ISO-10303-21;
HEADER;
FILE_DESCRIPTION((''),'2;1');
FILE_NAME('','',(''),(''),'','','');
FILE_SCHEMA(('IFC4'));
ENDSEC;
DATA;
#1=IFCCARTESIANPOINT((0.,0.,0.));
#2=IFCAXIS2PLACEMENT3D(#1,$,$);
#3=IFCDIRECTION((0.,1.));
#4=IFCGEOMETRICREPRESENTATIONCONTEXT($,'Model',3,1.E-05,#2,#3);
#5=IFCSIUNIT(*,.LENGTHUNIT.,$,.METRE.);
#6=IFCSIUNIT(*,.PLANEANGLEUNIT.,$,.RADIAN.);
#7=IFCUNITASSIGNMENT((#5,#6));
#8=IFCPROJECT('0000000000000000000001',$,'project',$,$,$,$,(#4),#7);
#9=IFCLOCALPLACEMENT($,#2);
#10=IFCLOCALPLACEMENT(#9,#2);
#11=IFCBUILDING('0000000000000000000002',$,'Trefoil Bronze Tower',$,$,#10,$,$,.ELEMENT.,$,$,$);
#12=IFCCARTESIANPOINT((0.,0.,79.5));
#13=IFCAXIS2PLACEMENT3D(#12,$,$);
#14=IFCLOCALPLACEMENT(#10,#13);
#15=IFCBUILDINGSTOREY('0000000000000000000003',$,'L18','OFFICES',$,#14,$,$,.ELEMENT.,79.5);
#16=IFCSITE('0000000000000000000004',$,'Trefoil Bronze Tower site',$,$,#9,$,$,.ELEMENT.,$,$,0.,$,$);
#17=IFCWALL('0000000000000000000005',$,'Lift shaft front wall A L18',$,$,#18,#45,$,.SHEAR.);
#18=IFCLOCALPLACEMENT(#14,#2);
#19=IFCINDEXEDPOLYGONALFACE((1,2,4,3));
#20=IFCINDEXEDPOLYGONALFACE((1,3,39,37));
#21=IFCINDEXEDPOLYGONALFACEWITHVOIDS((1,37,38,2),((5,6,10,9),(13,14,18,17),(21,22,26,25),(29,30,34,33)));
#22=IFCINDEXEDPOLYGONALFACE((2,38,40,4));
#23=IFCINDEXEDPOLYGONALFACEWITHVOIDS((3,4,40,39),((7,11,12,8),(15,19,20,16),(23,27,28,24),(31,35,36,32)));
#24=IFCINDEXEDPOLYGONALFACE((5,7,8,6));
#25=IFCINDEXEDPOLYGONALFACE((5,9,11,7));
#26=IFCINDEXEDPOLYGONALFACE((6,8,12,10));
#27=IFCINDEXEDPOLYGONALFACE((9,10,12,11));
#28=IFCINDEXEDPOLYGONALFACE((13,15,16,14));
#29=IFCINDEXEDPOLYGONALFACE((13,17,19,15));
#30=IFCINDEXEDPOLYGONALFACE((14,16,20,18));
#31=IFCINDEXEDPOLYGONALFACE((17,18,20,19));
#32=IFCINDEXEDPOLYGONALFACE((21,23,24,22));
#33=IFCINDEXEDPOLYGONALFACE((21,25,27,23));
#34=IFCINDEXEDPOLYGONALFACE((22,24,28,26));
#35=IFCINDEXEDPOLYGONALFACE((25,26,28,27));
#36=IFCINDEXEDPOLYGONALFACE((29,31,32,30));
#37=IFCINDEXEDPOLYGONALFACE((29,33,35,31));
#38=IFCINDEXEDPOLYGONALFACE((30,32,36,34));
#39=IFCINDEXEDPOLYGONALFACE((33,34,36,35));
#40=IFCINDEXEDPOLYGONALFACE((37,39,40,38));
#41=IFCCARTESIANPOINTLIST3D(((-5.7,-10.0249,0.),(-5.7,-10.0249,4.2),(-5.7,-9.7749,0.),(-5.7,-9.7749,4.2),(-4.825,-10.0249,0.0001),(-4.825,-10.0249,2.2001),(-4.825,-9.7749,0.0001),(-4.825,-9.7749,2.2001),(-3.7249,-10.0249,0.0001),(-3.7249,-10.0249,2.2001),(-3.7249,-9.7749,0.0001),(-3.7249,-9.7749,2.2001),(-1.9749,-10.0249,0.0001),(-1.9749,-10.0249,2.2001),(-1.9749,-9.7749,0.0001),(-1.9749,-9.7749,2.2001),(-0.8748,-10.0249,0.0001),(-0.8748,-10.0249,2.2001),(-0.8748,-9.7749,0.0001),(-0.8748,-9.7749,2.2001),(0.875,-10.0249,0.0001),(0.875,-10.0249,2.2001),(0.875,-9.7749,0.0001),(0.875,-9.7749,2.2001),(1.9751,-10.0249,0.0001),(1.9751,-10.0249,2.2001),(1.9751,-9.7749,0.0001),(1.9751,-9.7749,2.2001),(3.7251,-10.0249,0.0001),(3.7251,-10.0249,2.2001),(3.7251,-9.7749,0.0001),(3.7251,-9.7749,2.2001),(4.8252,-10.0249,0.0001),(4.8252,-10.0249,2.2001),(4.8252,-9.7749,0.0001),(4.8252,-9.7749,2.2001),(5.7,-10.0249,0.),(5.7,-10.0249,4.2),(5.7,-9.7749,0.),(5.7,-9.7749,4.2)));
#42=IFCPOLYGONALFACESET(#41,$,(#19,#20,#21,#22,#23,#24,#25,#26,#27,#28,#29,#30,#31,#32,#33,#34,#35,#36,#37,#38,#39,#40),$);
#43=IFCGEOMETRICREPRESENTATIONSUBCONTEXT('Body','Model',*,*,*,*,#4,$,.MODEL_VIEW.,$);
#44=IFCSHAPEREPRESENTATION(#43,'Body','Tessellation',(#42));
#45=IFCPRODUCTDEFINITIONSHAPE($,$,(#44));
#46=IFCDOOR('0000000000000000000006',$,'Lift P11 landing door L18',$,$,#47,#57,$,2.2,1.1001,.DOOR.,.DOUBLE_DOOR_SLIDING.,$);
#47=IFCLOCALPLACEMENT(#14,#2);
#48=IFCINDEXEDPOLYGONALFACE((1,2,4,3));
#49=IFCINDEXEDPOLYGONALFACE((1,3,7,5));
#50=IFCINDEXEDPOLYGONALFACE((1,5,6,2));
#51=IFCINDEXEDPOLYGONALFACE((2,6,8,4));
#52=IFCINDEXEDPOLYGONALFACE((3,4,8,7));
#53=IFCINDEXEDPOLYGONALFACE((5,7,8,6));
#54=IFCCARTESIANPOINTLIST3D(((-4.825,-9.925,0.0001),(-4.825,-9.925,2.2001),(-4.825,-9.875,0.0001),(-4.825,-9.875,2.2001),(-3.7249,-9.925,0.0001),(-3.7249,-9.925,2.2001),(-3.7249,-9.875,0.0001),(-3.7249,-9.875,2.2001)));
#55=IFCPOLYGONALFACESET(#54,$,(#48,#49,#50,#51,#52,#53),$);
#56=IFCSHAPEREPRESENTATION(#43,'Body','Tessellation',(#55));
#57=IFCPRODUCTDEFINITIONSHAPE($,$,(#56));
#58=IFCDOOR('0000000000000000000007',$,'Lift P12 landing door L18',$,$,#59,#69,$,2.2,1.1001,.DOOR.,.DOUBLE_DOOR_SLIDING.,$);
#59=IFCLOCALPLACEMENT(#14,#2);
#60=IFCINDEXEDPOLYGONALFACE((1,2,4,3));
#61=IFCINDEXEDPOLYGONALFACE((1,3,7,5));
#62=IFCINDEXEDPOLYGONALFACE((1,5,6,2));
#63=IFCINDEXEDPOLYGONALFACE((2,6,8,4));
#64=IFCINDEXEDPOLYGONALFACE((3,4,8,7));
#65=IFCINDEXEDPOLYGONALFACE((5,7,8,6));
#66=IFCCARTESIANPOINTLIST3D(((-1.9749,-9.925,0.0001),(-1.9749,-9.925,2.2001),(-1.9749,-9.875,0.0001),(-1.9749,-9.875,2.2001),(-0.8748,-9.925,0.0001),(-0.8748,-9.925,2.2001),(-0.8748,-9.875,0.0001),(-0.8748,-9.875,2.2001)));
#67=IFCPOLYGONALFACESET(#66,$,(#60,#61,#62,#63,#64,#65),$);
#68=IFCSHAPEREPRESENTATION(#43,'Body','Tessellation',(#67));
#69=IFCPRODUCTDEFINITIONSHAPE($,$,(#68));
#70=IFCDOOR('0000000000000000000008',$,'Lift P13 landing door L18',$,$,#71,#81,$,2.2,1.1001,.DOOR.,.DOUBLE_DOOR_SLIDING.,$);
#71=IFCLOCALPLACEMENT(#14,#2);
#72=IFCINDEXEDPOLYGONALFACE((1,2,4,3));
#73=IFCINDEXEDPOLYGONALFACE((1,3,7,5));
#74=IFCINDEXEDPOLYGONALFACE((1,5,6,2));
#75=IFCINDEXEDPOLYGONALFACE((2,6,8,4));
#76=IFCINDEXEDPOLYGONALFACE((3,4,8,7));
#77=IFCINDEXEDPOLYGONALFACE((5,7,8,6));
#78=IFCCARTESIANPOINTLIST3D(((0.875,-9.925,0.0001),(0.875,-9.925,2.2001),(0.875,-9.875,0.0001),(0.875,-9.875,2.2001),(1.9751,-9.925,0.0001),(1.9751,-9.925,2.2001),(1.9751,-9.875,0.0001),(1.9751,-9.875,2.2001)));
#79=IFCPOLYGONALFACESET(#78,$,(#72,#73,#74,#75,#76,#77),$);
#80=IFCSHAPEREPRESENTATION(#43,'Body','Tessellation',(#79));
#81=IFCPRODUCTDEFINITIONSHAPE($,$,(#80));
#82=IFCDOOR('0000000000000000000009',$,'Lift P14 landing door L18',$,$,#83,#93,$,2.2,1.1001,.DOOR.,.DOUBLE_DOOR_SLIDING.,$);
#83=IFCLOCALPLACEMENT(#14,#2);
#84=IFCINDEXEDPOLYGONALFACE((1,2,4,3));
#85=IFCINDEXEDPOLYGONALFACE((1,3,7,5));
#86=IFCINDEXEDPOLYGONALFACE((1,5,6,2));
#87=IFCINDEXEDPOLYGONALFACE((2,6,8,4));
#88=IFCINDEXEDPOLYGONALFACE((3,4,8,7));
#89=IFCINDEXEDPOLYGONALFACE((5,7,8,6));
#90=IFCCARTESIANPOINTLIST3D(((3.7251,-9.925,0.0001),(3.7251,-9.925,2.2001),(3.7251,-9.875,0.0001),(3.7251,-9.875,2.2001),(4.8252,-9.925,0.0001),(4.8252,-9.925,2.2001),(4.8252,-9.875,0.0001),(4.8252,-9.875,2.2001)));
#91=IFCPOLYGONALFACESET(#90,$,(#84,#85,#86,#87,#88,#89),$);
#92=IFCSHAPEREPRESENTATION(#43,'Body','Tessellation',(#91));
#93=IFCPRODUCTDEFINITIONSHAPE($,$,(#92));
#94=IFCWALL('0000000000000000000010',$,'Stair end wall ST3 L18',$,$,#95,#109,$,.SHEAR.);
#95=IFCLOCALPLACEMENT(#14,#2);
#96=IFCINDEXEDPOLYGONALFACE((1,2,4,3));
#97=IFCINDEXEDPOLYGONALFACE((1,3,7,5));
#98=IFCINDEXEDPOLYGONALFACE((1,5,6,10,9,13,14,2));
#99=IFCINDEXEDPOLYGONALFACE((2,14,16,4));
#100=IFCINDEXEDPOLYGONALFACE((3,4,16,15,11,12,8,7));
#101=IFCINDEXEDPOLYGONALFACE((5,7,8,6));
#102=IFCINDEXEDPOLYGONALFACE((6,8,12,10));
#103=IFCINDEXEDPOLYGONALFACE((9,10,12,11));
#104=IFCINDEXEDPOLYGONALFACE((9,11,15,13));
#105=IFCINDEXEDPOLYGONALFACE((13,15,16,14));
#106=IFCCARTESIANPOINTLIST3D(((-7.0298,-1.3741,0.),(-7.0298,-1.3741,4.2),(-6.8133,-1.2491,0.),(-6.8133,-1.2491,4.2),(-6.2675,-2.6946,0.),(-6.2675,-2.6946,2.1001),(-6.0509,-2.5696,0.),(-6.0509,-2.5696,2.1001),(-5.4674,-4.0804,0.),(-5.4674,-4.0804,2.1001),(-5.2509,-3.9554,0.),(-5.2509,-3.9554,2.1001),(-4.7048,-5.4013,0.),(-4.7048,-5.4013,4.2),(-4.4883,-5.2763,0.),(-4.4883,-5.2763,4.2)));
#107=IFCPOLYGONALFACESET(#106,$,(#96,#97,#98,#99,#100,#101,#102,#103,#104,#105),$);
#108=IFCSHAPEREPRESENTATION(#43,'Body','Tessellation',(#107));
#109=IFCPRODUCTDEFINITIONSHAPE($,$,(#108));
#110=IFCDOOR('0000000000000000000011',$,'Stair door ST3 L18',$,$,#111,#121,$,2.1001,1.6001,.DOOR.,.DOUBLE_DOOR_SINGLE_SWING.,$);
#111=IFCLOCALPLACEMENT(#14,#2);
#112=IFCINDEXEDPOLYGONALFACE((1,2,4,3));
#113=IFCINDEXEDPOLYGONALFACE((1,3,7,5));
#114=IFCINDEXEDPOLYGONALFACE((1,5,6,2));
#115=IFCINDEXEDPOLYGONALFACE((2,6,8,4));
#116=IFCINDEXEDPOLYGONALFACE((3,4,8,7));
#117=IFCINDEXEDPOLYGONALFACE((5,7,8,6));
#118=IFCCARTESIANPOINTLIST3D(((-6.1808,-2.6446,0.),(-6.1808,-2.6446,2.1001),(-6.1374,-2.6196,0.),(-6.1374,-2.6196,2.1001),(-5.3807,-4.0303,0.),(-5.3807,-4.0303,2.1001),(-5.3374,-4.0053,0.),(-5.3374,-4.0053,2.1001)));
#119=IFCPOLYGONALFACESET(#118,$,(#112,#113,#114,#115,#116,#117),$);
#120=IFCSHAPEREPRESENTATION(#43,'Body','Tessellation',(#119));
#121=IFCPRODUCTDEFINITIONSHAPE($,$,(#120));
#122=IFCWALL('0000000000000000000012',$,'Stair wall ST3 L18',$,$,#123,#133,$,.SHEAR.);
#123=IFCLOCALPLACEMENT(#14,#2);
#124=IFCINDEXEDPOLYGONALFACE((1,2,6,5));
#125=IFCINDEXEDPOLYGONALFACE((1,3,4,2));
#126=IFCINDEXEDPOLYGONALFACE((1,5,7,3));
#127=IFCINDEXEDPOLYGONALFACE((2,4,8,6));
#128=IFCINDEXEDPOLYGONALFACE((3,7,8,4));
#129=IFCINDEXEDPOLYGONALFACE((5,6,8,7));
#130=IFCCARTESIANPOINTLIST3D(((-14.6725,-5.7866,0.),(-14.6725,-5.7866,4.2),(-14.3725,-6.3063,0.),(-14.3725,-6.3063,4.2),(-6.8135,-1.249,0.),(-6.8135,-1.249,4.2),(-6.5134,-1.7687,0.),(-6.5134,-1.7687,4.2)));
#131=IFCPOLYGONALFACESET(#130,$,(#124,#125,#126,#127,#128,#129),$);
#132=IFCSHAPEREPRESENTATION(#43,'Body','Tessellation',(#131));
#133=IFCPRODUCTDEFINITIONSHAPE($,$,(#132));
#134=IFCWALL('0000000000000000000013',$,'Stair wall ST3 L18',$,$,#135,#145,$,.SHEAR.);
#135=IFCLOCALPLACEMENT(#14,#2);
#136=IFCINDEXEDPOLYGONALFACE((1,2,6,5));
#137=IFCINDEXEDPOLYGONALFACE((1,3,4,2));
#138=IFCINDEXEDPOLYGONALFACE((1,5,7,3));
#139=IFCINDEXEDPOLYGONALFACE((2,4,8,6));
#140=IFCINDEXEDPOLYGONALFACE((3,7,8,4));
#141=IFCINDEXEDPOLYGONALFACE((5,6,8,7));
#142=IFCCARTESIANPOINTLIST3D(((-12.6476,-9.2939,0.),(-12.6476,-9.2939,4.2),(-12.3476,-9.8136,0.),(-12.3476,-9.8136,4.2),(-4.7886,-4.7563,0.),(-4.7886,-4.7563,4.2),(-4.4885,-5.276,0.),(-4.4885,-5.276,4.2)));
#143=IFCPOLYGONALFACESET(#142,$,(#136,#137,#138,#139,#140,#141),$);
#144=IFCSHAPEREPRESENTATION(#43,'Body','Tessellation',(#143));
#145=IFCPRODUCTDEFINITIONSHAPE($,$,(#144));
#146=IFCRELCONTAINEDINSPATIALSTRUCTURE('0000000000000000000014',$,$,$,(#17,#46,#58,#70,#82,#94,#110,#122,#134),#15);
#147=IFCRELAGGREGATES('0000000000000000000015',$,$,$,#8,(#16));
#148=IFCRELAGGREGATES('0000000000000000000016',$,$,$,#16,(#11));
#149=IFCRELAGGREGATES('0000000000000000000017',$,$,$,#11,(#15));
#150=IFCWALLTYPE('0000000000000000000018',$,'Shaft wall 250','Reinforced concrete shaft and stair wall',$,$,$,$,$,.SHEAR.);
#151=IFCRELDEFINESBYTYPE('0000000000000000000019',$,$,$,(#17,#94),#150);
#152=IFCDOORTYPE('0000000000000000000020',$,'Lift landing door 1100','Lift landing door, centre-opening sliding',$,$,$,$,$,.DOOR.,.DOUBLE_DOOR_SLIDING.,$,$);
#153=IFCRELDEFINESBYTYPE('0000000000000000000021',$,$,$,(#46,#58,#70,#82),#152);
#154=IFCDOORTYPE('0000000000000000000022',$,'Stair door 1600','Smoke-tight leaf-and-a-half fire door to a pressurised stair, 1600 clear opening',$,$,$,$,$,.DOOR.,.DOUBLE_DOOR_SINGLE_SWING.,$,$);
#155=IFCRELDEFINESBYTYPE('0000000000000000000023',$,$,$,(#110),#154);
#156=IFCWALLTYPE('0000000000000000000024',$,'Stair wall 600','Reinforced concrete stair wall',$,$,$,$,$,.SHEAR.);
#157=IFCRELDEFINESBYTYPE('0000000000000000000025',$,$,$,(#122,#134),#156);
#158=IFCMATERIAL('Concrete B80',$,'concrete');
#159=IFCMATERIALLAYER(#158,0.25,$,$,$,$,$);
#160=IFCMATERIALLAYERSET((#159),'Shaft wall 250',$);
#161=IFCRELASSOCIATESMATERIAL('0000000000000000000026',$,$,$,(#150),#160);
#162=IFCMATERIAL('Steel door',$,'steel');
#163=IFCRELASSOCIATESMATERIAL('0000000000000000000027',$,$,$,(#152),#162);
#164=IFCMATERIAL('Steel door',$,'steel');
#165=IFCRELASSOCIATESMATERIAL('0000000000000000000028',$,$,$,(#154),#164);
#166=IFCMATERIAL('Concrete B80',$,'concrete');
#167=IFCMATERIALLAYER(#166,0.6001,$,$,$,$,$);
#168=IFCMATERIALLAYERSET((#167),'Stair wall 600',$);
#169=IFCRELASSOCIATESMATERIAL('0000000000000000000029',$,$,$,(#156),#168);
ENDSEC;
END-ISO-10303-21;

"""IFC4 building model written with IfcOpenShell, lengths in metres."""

from ifc_helpers import new_model, si_unit, direction, frame, frame_2d, origin, place, context, subcontext, project, spatial, rectangle, extrude, material, layer, layer_set, type_object, element, fill, save


model = new_model("IFC4")

# Units and contexts
model_context = context("Model", 3, precision=1e-05, world=origin(), true_north=direction((0.0, 1.0)))
body_context = subcontext(model_context, "Body", "Model", "MODEL_VIEW")
ifc_project = project(units=[si_unit("LENGTHUNIT", "METRE"), si_unit("PLANEANGLEUNIT", "RADIAN")], contexts=[model_context])

# Site, building, storey
site_placement = place(None, origin())
site = spatial("IfcSite", under=ifc_project, at=site_placement, Name="Trefoil Bronze Tower site", CompositionType="ELEMENT", RefElevation=0.0)
building_placement = place(site_placement, origin())
building = spatial("IfcBuilding", under=site, at=building_placement, Name="Trefoil Bronze Tower", CompositionType="ELEMENT")
storey_placement = place(building_placement, frame((0.0, 0.0, 79.5)))
storey = spatial("IfcBuildingStorey", under=building, at=storey_placement, Name="L18", Description="OFFICES", CompositionType="ELEMENT", Elevation=79.5)

# Wall, openings, doors
ifc_material_1 = material(Name="Concrete B80", Category="concrete")
ifc_layer_1 = layer(ifc_material_1, 0.25)
ifc_layer_set_1 = layer_set([ifc_layer_1], Name="Shaft wall 250")
wall_type_1 = type_object("IfcWallType", Name="Shaft wall 250", Description="Reinforced concrete shaft and stair wall", PredefinedType="SHEAR", material=ifc_layer_set_1)
wall_1_placement = place(storey_placement, frame((-5.7, -9.8999, 0.0), z_axis=(0.0, 0.0, 1.0), x_axis=(1.0, 0.0, 0.0)))
wall_1 = element("IfcWall", 1, at=wall_1_placement, inside=storey, type_object=wall_type_1, Name="Lift shaft front wall A L18", PredefinedType="SHEAR", context=body_context, shape_type="SweptSolid", body=[
    extrude(rectangle(XDim=11.3999, YDim=0.25, at=frame_2d((5.7, 0.0))), origin(), (0.0, 0.0, 1.0), 4.2),
])
opening_1_placement = place(wall_1_placement, frame((0.875, 0.0, 0.0)))
opening_1 = element("IfcOpeningElement", 2, at=opening_1_placement, cuts=wall_1, PredefinedType="OPENING", context=body_context, shape_type="SweptSolid", body=[
    extrude(rectangle(XDim=1.1001, YDim=2.2, at=frame_2d((0.55, 1.1001))), frame((0.0, 0.135, 0.0), z_axis=(0.0, -1.0, 0.0), x_axis=(1.0, 0.0, 0.0)), (0.0, 0.0, 1.0), 0.27),
])
opening_2_placement = place(wall_1_placement, frame((3.7251, 0.0, 0.0)))
opening_2 = element("IfcOpeningElement", 3, at=opening_2_placement, cuts=wall_1, PredefinedType="OPENING", context=body_context, shape_type="SweptSolid", body=[
    extrude(rectangle(XDim=1.1001, YDim=2.2, at=frame_2d((0.55, 1.1001))), frame((0.0, 0.135, 0.0), z_axis=(0.0, -1.0, 0.0), x_axis=(1.0, 0.0, 0.0)), (0.0, 0.0, 1.0), 0.27),
])
opening_3_placement = place(wall_1_placement, frame((6.575, 0.0, 0.0)))
opening_3 = element("IfcOpeningElement", 4, at=opening_3_placement, cuts=wall_1, PredefinedType="OPENING", context=body_context, shape_type="SweptSolid", body=[
    extrude(rectangle(XDim=1.1001, YDim=2.2, at=frame_2d((0.55, 1.1001))), frame((0.0, 0.135, 0.0), z_axis=(0.0, -1.0, 0.0), x_axis=(1.0, 0.0, 0.0)), (0.0, 0.0, 1.0), 0.27),
])
opening_4_placement = place(wall_1_placement, frame((9.425, 0.0, 0.0)))
opening_4 = element("IfcOpeningElement", 5, at=opening_4_placement, cuts=wall_1, PredefinedType="OPENING", context=body_context, shape_type="SweptSolid", body=[
    extrude(rectangle(XDim=1.1001, YDim=2.2, at=frame_2d((0.55, 1.1001))), frame((0.0, 0.135, 0.0), z_axis=(0.0, -1.0, 0.0), x_axis=(1.0, 0.0, 0.0)), (0.0, 0.0, 1.0), 0.27),
])
ifc_material_2 = material(Name="Steel door", Category="steel")
door_type_1 = type_object("IfcDoorType", Name="Lift landing door 1100", Description="Lift landing door, centre-opening sliding", OperationType="DOUBLE_DOOR_SLIDING", PredefinedType="DOOR", material=ifc_material_2)
door_1_placement = place(opening_1_placement, origin())
door_1 = element("IfcDoor", 6, at=door_1_placement, inside=storey, type_object=door_type_1, Name="Lift P11 landing door L18", OperationType="DOUBLE_DOOR_SLIDING", OverallHeight=2.2, OverallWidth=1.1001, PredefinedType="DOOR", context=body_context, shape_type="SweptSolid", body=[
    extrude(rectangle(XDim=1.1001, YDim=2.2, at=frame_2d((0.55, 1.1001))), frame((0.0, 0.0249, 0.0), z_axis=(0.0, -1.0, 0.0), x_axis=(1.0, 0.0, 0.0)), (0.0, 0.0, 1.0), 0.05),
])
fill(opening_1, door_1)
door_2_placement = place(opening_2_placement, origin())
door_2 = element("IfcDoor", 7, at=door_2_placement, inside=storey, type_object=door_type_1, Name="Lift P12 landing door L18", OperationType="DOUBLE_DOOR_SLIDING", OverallHeight=2.2, OverallWidth=1.1001, PredefinedType="DOOR", context=body_context, shape_type="SweptSolid", body=[
    extrude(rectangle(XDim=1.1001, YDim=2.2, at=frame_2d((0.55, 1.1001))), frame((0.0, 0.0249, 0.0), z_axis=(0.0, -1.0, 0.0), x_axis=(1.0, 0.0, 0.0)), (0.0, 0.0, 1.0), 0.05),
])
fill(opening_2, door_2)
door_3_placement = place(opening_3_placement, origin())
door_3 = element("IfcDoor", 8, at=door_3_placement, inside=storey, type_object=door_type_1, Name="Lift P13 landing door L18", OperationType="DOUBLE_DOOR_SLIDING", OverallHeight=2.2, OverallWidth=1.1001, PredefinedType="DOOR", context=body_context, shape_type="SweptSolid", body=[
    extrude(rectangle(XDim=1.1001, YDim=2.2, at=frame_2d((0.55, 1.1001))), frame((0.0, 0.0249, 0.0), z_axis=(0.0, -1.0, 0.0), x_axis=(1.0, 0.0, 0.0)), (0.0, 0.0, 1.0), 0.05),
])
fill(opening_3, door_3)
door_4_placement = place(opening_4_placement, origin())
door_4 = element("IfcDoor", 9, at=door_4_placement, inside=storey, type_object=door_type_1, Name="Lift P14 landing door L18", OperationType="DOUBLE_DOOR_SLIDING", OverallHeight=2.2, OverallWidth=1.1001, PredefinedType="DOOR", context=body_context, shape_type="SweptSolid", body=[
    extrude(rectangle(XDim=1.1001, YDim=2.2, at=frame_2d((0.55, 1.1001))), frame((0.0, 0.0249, 0.0), z_axis=(0.0, -1.0, 0.0), x_axis=(1.0, 0.0, 0.0)), (0.0, 0.0, 1.0), 0.05),
])
fill(opening_4, door_4)

# Wall, opening, door
wall_2_placement = place(storey_placement, frame((-6.9216, -1.3115, 0.0), z_axis=(0.0, 0.0, 1.0), x_axis=(0.499985, -0.866034, 0.0)))
wall_2 = element("IfcWall", 10, at=wall_2_placement, inside=storey, type_object=wall_type_1, Name="Stair end wall ST3 L18", PredefinedType="SHEAR", context=body_context, shape_type="SweptSolid", body=[
    extrude(rectangle(XDim=4.6501, YDim=0.25, at=frame_2d((2.3252, 0.0))), origin(), (0.0, 0.0, 1.0), 4.2),
])
opening_5_placement = place(wall_2_placement, frame((1.5249, 0.0, 0.0)))
opening_5 = element("IfcOpeningElement", 11, at=opening_5_placement, cuts=wall_2, PredefinedType="OPENING", context=body_context, shape_type="SweptSolid", body=[
    extrude(rectangle(XDim=1.6001, YDim=2.1001, at=frame_2d((0.8, 1.05))), frame((0.0, 0.135, 0.0), z_axis=(0.0, -1.0, 0.0), x_axis=(1.0, 0.0, 0.0)), (0.0, 0.0, 1.0), 0.27),
])
ifc_material_3 = material(Name="Steel door", Category="steel")
door_type_2 = type_object("IfcDoorType", Name="Stair door 1600", Description="Smoke-tight leaf-and-a-half fire door to a pressurised stair, 1600 clear opening", OperationType="DOUBLE_DOOR_SINGLE_SWING", PredefinedType="DOOR", material=ifc_material_3)
door_5_placement = place(opening_5_placement, frame((1.6001, 0.0, 0.0), z_axis=(0.0, 0.0, 1.0), x_axis=(-1.0, 0.0, 0.0)))
door_5 = element("IfcDoor", 12, at=door_5_placement, inside=storey, type_object=door_type_2, Name="Stair door ST3 L18", OperationType="DOUBLE_DOOR_SINGLE_SWING", OverallHeight=2.1001, OverallWidth=1.6001, PredefinedType="DOOR", context=body_context, shape_type="SweptSolid", body=[
    extrude(rectangle(XDim=1.6001, YDim=2.1001, at=frame_2d((0.8, 1.05))), frame((0.0, 0.0249, 0.0), z_axis=(0.0, -1.0, 0.0), x_axis=(1.0, 0.0, 0.0)), (0.0, 0.0, 1.0), 0.05),
])
fill(opening_5, door_5)

# Walls
ifc_material_4 = material(Name="Concrete B80", Category="concrete")
ifc_layer_2 = layer(ifc_material_4, 0.6001)
ifc_layer_set_2 = layer_set([ifc_layer_2], Name="Stair wall 600")
wall_type_2 = type_object("IfcWallType", Name="Stair wall 600", Description="Reinforced concrete stair wall", PredefinedType="SHEAR", material=ifc_layer_set_2)
for number, where, z_axis, x_axis, name in (
    (13, (-6.6633, -1.5088, 0.0), (0.0, 0.0, 1.0), (-0.866019, -0.50001, 0.0), "Stair wall ST3 L18"),
    (14, (-4.6384, -5.0161, 0.0), (0.0, 0.0, 1.0), (-0.866019, -0.50001, 0.0), "Stair wall ST3 L18"),
):
    element("IfcWall", number, at=place(storey_placement, frame(where, z_axis=z_axis, x_axis=x_axis)), inside=storey, type_object=wall_type_2, Name=name, PredefinedType="SHEAR", context=body_context, shape_type="SweptSolid", body=[
        extrude(rectangle(XDim=9.075, YDim=0.6001, at=frame_2d((4.5376, 0.0))), origin(), (0.0, 0.0, 1.0), 4.2),
    ])

save(model, "model.ifc")
